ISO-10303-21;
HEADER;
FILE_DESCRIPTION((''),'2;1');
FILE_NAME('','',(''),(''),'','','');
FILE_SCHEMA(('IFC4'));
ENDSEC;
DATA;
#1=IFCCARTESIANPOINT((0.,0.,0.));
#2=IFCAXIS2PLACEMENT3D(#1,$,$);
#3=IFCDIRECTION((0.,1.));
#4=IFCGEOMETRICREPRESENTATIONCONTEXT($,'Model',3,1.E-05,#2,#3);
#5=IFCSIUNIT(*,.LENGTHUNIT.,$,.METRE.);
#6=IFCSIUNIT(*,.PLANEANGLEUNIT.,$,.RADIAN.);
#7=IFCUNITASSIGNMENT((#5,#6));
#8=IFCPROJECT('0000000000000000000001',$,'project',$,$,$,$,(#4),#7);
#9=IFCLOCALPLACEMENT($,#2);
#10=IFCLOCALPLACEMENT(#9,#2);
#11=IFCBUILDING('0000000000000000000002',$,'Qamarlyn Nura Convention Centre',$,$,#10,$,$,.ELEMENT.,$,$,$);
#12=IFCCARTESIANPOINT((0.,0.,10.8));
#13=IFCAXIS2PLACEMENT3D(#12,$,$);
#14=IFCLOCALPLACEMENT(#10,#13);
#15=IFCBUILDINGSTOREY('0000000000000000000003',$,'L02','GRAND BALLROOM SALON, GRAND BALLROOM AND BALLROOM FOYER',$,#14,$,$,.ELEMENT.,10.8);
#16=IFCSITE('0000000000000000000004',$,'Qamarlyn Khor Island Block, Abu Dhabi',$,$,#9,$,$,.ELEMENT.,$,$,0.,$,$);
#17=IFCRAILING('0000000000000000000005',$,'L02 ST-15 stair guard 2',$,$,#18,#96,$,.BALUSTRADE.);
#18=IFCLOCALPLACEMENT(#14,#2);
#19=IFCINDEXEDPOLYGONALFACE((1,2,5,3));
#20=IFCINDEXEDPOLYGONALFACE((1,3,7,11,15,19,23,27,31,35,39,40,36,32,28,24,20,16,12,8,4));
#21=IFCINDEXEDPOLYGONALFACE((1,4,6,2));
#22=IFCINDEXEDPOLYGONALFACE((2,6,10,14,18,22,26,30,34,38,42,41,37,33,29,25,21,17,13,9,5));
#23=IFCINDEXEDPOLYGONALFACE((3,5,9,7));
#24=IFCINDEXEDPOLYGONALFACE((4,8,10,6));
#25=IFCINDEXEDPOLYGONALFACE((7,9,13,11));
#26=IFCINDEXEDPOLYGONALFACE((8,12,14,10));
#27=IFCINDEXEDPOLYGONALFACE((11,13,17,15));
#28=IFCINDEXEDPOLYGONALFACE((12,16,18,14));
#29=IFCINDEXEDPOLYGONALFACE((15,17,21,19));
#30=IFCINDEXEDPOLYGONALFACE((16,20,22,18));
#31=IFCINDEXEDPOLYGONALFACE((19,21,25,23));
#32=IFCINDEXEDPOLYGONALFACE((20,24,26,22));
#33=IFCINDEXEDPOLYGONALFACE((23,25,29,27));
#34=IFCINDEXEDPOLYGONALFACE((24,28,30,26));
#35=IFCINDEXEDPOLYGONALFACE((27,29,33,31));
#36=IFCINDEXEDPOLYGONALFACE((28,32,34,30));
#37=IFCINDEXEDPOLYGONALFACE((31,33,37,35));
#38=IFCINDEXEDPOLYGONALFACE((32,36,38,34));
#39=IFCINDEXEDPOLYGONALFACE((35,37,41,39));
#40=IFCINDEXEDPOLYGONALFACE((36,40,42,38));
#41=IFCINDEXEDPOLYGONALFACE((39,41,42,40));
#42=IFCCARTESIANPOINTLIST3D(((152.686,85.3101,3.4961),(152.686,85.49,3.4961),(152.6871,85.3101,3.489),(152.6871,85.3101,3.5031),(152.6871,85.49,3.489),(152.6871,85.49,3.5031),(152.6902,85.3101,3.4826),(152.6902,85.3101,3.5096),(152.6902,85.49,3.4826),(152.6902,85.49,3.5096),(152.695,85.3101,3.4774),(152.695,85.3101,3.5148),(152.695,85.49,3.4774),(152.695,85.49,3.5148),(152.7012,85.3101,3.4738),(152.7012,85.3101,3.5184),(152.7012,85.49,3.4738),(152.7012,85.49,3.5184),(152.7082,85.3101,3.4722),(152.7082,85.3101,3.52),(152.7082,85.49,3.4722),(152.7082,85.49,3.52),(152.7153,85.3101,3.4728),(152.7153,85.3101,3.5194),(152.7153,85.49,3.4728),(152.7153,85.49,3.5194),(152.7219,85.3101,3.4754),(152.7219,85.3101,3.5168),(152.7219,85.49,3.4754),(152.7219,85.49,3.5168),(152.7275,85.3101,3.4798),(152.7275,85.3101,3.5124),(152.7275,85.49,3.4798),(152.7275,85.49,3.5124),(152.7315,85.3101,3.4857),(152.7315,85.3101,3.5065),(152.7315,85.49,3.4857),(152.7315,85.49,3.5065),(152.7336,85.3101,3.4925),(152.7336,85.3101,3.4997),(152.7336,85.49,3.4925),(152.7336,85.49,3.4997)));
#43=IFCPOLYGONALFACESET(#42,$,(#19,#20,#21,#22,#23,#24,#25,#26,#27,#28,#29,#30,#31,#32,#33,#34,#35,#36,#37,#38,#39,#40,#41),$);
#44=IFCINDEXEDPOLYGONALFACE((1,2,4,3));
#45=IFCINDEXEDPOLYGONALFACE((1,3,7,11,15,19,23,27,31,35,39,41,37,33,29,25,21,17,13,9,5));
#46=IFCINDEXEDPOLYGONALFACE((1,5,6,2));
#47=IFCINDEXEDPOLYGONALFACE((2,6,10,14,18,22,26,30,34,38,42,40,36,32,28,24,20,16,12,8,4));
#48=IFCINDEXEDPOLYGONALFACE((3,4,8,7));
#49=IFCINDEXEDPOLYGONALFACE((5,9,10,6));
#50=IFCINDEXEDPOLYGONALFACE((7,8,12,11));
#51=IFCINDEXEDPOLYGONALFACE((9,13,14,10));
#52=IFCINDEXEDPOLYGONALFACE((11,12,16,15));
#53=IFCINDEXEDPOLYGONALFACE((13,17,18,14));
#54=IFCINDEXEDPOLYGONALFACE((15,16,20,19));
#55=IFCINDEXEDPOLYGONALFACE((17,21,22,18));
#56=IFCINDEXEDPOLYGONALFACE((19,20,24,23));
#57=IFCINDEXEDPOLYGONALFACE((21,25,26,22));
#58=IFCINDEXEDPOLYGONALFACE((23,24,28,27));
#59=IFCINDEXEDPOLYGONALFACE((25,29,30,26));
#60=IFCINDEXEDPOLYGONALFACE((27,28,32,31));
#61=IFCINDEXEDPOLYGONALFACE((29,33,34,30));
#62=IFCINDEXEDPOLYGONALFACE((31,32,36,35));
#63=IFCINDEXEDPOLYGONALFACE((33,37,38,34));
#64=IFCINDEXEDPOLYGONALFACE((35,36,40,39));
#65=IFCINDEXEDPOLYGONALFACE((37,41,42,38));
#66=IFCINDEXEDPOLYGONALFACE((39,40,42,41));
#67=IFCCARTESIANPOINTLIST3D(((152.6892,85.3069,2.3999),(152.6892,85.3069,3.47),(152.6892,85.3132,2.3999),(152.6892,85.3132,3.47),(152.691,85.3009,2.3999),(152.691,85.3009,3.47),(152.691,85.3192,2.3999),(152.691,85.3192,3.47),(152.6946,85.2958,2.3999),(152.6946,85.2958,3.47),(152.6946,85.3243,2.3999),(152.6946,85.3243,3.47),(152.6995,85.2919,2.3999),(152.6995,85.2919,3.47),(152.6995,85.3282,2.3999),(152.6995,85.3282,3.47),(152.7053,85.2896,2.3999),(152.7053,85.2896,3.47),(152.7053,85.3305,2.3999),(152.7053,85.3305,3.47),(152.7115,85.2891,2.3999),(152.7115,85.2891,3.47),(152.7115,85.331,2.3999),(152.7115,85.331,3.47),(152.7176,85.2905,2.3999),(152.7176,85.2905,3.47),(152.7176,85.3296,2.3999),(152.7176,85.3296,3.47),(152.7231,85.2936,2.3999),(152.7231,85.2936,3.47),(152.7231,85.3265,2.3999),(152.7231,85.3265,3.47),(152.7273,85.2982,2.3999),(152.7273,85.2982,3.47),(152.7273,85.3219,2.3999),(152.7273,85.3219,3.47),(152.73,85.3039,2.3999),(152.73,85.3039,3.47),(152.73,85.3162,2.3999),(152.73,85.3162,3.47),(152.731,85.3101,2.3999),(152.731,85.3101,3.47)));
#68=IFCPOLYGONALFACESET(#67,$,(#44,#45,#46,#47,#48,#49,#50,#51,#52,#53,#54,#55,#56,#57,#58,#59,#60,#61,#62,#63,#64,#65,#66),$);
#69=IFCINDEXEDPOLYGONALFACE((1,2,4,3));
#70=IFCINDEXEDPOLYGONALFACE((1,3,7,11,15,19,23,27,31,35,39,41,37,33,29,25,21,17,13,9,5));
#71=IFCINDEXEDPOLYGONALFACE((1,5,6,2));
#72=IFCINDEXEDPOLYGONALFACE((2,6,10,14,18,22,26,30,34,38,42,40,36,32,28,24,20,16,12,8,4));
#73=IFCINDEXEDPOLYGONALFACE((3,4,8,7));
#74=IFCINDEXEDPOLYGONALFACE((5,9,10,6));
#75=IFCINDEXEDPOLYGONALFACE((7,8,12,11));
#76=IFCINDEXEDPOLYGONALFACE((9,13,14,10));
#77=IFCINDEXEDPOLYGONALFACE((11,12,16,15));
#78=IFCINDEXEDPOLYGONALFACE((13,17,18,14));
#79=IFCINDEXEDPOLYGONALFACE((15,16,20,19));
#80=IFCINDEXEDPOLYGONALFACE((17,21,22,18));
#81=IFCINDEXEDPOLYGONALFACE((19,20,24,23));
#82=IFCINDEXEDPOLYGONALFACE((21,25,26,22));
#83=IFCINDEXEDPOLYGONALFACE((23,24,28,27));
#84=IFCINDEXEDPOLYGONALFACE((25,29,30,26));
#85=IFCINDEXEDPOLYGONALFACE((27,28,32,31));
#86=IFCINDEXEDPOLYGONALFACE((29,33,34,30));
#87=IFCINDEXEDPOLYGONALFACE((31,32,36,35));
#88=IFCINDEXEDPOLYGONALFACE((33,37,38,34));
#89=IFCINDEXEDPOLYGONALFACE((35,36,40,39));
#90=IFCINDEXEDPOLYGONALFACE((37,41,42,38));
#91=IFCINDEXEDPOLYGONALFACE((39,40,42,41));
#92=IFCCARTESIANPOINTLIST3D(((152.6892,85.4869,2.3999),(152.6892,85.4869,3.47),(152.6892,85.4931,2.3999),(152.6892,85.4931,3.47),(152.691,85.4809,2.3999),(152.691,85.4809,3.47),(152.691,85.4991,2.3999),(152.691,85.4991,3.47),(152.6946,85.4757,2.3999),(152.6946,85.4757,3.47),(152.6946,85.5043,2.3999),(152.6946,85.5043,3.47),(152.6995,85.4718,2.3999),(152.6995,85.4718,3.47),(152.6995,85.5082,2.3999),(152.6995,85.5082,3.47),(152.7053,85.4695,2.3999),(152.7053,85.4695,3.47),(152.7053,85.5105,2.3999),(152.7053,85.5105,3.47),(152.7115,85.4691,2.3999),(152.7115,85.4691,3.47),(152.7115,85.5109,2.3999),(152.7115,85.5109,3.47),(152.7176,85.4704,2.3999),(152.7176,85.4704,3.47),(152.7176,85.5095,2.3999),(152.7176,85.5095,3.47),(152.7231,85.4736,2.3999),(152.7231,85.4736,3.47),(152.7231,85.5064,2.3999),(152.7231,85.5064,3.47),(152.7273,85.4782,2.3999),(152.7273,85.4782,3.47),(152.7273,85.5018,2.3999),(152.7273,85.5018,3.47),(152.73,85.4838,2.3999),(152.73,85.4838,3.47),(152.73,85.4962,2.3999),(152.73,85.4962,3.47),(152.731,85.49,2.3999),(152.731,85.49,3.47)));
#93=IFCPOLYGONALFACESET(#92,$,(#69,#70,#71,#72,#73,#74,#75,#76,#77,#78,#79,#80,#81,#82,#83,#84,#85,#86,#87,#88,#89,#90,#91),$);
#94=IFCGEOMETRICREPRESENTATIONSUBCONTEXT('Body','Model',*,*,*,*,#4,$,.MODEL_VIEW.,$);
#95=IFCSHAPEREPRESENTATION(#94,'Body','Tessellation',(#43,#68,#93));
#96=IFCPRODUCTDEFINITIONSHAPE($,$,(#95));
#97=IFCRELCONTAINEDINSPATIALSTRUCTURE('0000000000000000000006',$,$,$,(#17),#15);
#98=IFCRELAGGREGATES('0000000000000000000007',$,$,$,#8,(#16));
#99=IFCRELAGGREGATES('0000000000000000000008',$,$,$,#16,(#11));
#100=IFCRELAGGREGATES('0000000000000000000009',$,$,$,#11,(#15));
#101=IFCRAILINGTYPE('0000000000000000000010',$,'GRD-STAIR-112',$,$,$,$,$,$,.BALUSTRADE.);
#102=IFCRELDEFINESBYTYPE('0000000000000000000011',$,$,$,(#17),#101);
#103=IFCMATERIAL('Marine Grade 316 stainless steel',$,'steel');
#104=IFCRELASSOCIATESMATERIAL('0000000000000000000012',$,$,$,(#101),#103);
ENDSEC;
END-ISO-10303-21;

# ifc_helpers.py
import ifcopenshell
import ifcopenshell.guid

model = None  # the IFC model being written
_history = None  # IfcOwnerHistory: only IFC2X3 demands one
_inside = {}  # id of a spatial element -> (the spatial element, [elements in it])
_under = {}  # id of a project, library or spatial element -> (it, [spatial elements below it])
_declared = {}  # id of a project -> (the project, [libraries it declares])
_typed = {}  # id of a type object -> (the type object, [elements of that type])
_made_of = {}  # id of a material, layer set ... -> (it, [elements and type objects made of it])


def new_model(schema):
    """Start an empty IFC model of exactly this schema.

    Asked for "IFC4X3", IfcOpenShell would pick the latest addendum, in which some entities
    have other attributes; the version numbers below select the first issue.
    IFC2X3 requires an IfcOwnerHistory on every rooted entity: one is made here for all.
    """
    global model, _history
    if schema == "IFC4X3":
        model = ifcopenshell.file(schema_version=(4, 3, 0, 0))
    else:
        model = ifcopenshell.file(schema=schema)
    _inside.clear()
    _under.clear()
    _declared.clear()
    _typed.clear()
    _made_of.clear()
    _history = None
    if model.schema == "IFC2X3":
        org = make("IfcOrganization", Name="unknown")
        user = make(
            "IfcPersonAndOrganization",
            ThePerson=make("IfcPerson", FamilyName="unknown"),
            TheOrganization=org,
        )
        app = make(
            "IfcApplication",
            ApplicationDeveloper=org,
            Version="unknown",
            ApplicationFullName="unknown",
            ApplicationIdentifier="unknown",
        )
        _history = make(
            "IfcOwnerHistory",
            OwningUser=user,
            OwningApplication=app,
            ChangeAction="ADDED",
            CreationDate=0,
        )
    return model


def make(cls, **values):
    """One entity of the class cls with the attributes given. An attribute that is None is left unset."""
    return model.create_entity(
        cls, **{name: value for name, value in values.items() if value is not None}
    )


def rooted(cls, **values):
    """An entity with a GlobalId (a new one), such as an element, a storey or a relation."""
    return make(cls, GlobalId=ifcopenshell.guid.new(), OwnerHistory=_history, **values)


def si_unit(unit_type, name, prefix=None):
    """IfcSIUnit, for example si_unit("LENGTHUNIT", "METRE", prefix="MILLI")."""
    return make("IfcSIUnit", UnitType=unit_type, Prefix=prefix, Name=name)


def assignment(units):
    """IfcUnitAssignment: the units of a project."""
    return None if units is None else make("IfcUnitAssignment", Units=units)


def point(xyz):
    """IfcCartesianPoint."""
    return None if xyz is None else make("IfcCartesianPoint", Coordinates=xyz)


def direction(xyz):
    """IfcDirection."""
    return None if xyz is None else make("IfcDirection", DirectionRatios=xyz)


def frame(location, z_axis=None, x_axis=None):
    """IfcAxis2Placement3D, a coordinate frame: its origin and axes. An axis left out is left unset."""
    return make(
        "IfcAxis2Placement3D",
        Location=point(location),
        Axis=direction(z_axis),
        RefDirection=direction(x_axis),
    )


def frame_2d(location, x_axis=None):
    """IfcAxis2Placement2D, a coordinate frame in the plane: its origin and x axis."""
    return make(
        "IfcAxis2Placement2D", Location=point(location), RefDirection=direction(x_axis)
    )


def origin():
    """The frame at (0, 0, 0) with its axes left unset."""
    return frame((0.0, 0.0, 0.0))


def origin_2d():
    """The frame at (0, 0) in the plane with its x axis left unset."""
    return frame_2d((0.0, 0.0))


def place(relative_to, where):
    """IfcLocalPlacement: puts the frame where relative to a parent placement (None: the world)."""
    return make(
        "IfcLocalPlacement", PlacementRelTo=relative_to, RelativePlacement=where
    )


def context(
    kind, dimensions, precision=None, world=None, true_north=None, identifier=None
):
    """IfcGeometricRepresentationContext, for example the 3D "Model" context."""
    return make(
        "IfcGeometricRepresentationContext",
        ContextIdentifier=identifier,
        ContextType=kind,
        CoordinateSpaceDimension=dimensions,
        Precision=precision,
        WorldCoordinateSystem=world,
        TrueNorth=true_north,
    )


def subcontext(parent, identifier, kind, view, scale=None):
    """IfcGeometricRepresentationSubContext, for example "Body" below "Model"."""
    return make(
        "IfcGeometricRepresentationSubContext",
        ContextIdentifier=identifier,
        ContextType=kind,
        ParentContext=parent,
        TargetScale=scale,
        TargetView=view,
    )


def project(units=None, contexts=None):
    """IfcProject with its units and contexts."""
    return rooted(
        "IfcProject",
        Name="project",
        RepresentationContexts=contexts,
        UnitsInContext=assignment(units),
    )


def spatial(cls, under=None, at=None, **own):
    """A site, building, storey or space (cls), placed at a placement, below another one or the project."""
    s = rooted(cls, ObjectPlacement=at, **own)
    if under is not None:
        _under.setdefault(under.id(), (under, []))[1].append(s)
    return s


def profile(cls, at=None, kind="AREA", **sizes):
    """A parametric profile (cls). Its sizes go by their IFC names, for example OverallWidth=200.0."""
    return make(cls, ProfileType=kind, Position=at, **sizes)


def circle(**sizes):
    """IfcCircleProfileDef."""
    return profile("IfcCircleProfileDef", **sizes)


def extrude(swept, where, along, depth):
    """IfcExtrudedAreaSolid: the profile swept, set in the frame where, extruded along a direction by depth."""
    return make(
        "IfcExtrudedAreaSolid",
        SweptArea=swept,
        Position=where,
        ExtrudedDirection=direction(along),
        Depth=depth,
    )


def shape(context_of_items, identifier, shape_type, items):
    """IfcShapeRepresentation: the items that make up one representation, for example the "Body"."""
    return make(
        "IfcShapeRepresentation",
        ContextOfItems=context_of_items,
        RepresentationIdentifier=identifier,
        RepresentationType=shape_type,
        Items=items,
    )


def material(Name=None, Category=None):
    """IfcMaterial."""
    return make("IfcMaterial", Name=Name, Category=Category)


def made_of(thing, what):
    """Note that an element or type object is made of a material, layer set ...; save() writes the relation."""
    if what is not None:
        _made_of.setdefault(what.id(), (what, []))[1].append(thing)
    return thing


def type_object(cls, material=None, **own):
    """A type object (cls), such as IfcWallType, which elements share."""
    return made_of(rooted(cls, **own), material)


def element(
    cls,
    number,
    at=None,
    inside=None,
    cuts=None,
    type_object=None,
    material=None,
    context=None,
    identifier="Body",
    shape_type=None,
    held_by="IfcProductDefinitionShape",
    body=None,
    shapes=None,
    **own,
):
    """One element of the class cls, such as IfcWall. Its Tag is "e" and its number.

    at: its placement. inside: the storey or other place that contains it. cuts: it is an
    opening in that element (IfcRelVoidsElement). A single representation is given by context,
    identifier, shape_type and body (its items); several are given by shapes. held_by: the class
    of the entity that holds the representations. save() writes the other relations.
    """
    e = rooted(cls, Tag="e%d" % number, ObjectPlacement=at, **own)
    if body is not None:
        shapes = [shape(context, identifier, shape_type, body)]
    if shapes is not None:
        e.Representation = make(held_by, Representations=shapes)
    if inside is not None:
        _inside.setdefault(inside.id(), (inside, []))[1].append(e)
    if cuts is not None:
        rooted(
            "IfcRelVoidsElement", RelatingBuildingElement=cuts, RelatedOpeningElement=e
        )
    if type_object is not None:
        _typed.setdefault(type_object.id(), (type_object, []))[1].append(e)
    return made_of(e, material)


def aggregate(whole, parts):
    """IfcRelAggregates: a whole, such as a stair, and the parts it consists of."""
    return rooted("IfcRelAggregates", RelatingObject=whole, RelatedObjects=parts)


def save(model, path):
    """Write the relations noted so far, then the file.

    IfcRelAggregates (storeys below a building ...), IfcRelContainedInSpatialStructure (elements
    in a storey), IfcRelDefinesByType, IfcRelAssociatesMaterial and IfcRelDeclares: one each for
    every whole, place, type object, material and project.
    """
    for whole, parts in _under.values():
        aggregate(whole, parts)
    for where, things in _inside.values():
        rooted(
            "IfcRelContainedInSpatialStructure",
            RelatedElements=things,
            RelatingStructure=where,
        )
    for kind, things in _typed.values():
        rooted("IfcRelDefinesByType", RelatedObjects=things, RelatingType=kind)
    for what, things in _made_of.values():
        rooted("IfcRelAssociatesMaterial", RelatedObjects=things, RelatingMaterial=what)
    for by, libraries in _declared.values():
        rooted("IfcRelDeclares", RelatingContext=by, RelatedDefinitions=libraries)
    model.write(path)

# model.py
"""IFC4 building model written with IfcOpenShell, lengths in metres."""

from ifc_helpers import new_model, si_unit, direction, frame, origin, origin_2d, place, context, subcontext, project, spatial, circle, extrude, material, type_object, element, save


model = new_model("IFC4")

# Units and contexts
model_context = context("Model", 3, precision=1e-05, world=origin(), true_north=direction((0.0, 1.0)))
body_context = subcontext(model_context, "Body", "Model", "MODEL_VIEW")
ifc_project = project(units=[si_unit("LENGTHUNIT", "METRE"), si_unit("PLANEANGLEUNIT", "RADIAN")], contexts=[model_context])

# Site, building, storey
site_placement = place(None, origin())
site = spatial("IfcSite", under=ifc_project, at=site_placement, Name="Qamarlyn Khor Island Block, Abu Dhabi", CompositionType="ELEMENT", RefElevation=0.0)
building_placement = place(site_placement, origin())
building = spatial("IfcBuilding", under=site, at=building_placement, Name="Qamarlyn Nura Convention Centre", CompositionType="ELEMENT")
storey_placement = place(building_placement, frame((0.0, 0.0, 10.8)))
storey = spatial("IfcBuildingStorey", under=building, at=storey_placement, Name="L02", Description="GRAND BALLROOM SALON, GRAND BALLROOM AND BALLROOM FOYER", CompositionType="ELEMENT", Elevation=10.8)

# Railing
ifc_material_1 = material(Name="Marine Grade 316 stainless steel", Category="steel")
railing_type_1 = type_object("IfcRailingType", Name="GRD-STAIR-112", PredefinedType="BALUSTRADE", material=ifc_material_1)
railing_1_placement = place(storey_placement, frame((152.71, 85.3101, 2.3999)))
element("IfcRailing", 1, at=railing_1_placement, inside=storey, type_object=railing_type_1, Name="L02 ST-15 stair guard 2", PredefinedType="BALUSTRADE", context=body_context, shape_type="SweptSolid", body=[
    extrude(circle(Radius=0.0239, at=origin_2d()), frame((0.0, 0.0, 1.0962), z_axis=(0.0, 1.0, 0.0), x_axis=(-1.0, 0.0, 0.0)), (0.0, 0.0, 1.0), 0.1799),
    extrude(circle(Radius=0.021, at=origin_2d()), origin(), (0.0, 0.0, 1.0), 1.0701),
    extrude(circle(Radius=0.021, at=origin_2d()), frame((0.0, 0.1799, 0.0)), (0.0, 0.0, 1.0), 1.0701),
])

save(model, "model.ifc")
